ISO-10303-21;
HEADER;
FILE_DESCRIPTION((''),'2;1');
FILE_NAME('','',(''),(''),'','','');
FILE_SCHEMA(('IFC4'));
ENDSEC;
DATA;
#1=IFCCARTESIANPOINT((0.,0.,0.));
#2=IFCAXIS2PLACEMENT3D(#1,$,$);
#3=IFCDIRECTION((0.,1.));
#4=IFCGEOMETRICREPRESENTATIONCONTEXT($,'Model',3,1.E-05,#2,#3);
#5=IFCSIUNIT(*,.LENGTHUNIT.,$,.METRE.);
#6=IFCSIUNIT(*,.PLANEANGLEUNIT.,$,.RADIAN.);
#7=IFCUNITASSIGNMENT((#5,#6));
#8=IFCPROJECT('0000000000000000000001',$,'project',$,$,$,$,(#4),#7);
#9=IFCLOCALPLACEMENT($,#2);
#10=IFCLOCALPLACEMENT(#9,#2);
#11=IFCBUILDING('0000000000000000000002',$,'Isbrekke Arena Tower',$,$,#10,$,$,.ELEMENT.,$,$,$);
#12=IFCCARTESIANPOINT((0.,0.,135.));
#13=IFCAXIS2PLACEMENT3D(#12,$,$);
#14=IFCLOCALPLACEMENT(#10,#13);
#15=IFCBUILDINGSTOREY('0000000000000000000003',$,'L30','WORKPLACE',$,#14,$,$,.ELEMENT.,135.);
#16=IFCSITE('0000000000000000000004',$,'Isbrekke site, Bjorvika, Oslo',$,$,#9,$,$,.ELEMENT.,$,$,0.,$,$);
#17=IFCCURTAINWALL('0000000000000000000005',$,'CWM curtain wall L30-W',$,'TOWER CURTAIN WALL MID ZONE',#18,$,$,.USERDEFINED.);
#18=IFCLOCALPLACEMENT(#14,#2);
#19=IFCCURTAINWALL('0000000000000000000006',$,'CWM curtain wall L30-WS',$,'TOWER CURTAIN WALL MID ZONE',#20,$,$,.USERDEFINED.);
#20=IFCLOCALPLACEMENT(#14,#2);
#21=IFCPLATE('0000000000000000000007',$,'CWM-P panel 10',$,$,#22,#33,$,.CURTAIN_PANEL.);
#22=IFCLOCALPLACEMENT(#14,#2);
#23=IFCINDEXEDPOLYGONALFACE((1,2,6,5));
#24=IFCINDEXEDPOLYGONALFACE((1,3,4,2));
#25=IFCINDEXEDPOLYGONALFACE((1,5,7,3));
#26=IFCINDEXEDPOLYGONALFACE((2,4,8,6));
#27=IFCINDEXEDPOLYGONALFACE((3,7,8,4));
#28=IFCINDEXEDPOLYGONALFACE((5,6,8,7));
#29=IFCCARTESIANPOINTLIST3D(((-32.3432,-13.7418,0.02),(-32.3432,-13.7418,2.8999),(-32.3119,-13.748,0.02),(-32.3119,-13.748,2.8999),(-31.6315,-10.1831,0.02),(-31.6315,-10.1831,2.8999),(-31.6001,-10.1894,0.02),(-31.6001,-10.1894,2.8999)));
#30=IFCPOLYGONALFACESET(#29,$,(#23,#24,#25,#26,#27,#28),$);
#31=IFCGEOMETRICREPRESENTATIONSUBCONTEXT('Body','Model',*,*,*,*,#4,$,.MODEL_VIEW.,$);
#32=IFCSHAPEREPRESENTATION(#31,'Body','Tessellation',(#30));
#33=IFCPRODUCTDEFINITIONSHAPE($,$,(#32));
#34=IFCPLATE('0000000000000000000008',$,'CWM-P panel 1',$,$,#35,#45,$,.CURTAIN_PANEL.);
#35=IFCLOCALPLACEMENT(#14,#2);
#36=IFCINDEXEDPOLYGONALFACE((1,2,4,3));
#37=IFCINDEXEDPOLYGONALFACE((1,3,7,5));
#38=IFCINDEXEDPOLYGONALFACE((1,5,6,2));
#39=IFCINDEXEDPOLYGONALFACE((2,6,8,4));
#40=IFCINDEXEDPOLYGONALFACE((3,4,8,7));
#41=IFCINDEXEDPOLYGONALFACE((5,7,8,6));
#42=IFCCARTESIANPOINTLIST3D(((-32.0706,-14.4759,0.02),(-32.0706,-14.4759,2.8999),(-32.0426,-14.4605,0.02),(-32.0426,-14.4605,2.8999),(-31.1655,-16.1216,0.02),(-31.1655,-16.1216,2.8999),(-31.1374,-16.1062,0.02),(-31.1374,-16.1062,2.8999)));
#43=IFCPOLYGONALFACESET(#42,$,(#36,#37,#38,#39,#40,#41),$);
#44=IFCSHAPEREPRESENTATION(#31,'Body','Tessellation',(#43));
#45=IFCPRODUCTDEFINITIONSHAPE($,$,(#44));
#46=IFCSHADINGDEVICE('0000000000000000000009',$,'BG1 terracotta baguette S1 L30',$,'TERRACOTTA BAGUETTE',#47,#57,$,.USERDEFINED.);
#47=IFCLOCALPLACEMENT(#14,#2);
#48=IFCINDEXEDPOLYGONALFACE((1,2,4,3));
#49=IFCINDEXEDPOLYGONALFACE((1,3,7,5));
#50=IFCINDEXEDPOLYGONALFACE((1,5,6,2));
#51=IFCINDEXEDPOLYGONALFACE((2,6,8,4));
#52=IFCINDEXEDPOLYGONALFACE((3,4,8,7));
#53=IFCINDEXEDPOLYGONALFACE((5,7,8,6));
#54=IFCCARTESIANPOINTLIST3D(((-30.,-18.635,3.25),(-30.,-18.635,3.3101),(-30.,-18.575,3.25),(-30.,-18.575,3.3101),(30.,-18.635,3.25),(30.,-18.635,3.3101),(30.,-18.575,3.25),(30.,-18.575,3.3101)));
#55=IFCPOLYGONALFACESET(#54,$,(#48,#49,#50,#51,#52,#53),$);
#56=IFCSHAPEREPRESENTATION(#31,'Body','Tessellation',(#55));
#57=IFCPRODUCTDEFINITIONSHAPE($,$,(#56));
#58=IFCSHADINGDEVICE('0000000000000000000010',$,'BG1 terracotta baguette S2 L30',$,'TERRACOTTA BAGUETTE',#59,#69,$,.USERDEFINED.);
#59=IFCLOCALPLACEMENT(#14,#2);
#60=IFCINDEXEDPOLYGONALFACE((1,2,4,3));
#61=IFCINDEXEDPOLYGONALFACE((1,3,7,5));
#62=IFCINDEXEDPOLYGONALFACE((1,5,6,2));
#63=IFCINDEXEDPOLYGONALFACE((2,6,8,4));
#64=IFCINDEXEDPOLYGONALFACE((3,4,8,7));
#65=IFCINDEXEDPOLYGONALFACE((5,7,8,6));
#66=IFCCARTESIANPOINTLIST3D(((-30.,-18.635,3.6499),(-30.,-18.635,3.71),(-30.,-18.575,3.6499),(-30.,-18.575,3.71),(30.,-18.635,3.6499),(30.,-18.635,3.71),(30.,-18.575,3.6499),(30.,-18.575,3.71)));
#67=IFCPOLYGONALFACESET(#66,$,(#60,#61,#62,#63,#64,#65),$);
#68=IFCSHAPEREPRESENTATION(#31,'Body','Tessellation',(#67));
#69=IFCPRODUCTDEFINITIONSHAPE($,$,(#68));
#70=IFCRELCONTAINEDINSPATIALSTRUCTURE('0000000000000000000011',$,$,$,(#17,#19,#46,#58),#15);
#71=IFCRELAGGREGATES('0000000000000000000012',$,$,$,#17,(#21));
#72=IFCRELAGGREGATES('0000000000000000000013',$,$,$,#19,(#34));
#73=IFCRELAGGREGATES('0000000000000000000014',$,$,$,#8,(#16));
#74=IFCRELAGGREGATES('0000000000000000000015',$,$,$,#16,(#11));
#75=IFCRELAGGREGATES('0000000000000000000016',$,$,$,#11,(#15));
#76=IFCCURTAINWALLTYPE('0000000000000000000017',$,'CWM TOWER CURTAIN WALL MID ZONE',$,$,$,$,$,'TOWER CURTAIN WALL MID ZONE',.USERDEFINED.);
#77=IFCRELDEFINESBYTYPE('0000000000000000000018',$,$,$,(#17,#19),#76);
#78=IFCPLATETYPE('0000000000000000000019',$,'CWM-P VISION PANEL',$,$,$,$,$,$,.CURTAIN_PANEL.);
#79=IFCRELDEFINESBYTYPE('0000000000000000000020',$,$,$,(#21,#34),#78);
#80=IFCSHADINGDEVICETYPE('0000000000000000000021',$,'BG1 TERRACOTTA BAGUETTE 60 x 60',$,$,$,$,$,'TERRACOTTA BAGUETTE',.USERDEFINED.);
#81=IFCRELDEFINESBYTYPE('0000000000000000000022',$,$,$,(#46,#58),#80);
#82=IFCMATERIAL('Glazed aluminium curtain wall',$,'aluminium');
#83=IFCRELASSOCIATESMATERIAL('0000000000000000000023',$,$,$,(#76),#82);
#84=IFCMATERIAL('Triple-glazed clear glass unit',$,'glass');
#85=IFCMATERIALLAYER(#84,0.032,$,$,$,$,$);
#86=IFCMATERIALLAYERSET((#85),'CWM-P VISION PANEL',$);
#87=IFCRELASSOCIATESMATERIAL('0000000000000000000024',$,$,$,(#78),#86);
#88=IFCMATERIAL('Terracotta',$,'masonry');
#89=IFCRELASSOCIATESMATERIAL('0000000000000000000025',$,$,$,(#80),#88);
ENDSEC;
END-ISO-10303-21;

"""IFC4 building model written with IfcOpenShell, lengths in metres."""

from ifc_helpers import new_model, si_unit, direction, frame, origin, origin_2d, place, context, subcontext, project, spatial, rectangle, extrude, material, layer, layer_set, material_profile, profile_set, type_object, element, aggregate, save


model = new_model("IFC4")

# Units and contexts
model_context = context("Model", 3, precision=1e-05, world=origin(), true_north=direction((0.0, 1.0)))
body_context = subcontext(model_context, "Body", "Model", "MODEL_VIEW")
ifc_project = project(units=[si_unit("LENGTHUNIT", "METRE"), si_unit("PLANEANGLEUNIT", "RADIAN")], contexts=[model_context])

# Site, building, storey
site_placement = place(None, origin())
site = spatial("IfcSite", under=ifc_project, at=site_placement, Name="Isbrekke site, Bjorvika, Oslo", CompositionType="ELEMENT", RefElevation=0.0)
building_placement = place(site_placement, origin())
building = spatial("IfcBuilding", under=site, at=building_placement, Name="Isbrekke Arena Tower", CompositionType="ELEMENT")
storey_placement = place(building_placement, frame((0.0, 0.0, 135.0)))
storey = spatial("IfcBuildingStorey", under=building, at=storey_placement, Name="L30", Description="WORKPLACE", CompositionType="ELEMENT", Elevation=135.0)

# Shared definitions
ifc_material_1 = material(Name="Glazed aluminium curtain wall", Category="aluminium")
curtain_wall_type = type_object("IfcCurtainWallType", Name="CWM TOWER CURTAIN WALL MID ZONE", ElementType="TOWER CURTAIN WALL MID ZONE", PredefinedType="USERDEFINED", material=ifc_material_1)

# Curtain wall
curtain_wall_1_placement = place(storey_placement, origin())
curtain_wall_1 = element("IfcCurtainWall", 1, at=curtain_wall_1_placement, inside=storey, type_object=curtain_wall_type, Name="CWM curtain wall L30-W", ObjectType="TOWER CURTAIN WALL MID ZONE", PredefinedType="USERDEFINED")

# Curtain wall
curtain_wall_2_placement = place(storey_placement, origin())
curtain_wall_2 = element("IfcCurtainWall", 2, at=curtain_wall_2_placement, inside=storey, type_object=curtain_wall_type, Name="CWM curtain wall L30-WS", ObjectType="TOWER CURTAIN WALL MID ZONE", PredefinedType="USERDEFINED")

# Plates
ifc_material_2 = material(Name="Triple-glazed clear glass unit", Category="glass")
ifc_layer = layer(ifc_material_2, 0.032)
ifc_layer_set = layer_set([ifc_layer], Name="CWM-P VISION PANEL")
plate_type = type_object("IfcPlateType", Name="CWM-P VISION PANEL", PredefinedType="CURTAIN_PANEL", material=ifc_layer_set)
plate_1_placement = place(storey_placement, frame((-31.9717, -11.9656, 0.02), z_axis=(0.0, 0.0, 1.0), x_axis=(-0.196116, -0.980581, 0.0)))
plate_1 = element("IfcPlate", 3, at=plate_1_placement, type_object=plate_type, Name="CWM-P panel 10", PredefinedType="CURTAIN_PANEL", context=body_context, shape_type="SweptSolid", body=[
    extrude(rectangle(XDim=3.6292, YDim=0.032, at=origin_2d()), origin(), (0.0, 0.0, 1.0), 2.8799),
])
aggregate(curtain_wall_1, [plate_1])
plate_2_placement = place(storey_placement, frame((-31.604, -15.291, 0.02), z_axis=(0.0, 0.0, 1.0), x_axis=(0.481919, -0.876216, 0.0)))
plate_2 = element("IfcPlate", 4, at=plate_2_placement, type_object=plate_type, Name="CWM-P panel 1", PredefinedType="CURTAIN_PANEL", context=body_context, shape_type="SweptSolid", body=[
    extrude(rectangle(XDim=1.8782, YDim=0.032, at=origin_2d()), origin(), (0.0, 0.0, 1.0), 2.8799),
])
aggregate(curtain_wall_2, [plate_2])

# Shading devices
ifc_material_3 = material(Name="Terracotta", Category="masonry")
ifc_material_profile_1 = material_profile(ifc_material_3, rectangle(XDim=0.0601, YDim=0.0601, at=origin_2d()), Name="BAGUETTE 60X60")
ifc_profile_set_1 = profile_set([ifc_material_profile_1], Name="Terracotta")
shading_device_type = type_object("IfcShadingDeviceType", Name="BG1 TERRACOTTA BAGUETTE 60 x 60", ElementType="TERRACOTTA BAGUETTE", PredefinedType="USERDEFINED", material=ifc_profile_set_1)
for number, where, z_axis, x_axis, name in (
    (5, (-30.0, -18.605, 3.28), (1.0, 0.0, 0.0), (0.0, 1.0, 0.0), "BG1 terracotta baguette S1 L30"),
    (6, (-30.0, -18.605, 3.6799), (1.0, 0.0, 0.0), (0.0, 1.0, 0.0), "BG1 terracotta baguette S2 L30"),
):
    element("IfcShadingDevice", number, at=place(storey_placement, frame(where, z_axis=z_axis, x_axis=x_axis)), inside=storey, type_object=shading_device_type, Name=name, ObjectType="TERRACOTTA BAGUETTE", PredefinedType="USERDEFINED", context=body_context, shape_type="SweptSolid", body=[
        extrude(rectangle(XDim=0.0601, YDim=0.0601, at=origin_2d()), origin(), (0.0, 0.0, 1.0), 60.0),
    ])

save(model, "model.ifc")
